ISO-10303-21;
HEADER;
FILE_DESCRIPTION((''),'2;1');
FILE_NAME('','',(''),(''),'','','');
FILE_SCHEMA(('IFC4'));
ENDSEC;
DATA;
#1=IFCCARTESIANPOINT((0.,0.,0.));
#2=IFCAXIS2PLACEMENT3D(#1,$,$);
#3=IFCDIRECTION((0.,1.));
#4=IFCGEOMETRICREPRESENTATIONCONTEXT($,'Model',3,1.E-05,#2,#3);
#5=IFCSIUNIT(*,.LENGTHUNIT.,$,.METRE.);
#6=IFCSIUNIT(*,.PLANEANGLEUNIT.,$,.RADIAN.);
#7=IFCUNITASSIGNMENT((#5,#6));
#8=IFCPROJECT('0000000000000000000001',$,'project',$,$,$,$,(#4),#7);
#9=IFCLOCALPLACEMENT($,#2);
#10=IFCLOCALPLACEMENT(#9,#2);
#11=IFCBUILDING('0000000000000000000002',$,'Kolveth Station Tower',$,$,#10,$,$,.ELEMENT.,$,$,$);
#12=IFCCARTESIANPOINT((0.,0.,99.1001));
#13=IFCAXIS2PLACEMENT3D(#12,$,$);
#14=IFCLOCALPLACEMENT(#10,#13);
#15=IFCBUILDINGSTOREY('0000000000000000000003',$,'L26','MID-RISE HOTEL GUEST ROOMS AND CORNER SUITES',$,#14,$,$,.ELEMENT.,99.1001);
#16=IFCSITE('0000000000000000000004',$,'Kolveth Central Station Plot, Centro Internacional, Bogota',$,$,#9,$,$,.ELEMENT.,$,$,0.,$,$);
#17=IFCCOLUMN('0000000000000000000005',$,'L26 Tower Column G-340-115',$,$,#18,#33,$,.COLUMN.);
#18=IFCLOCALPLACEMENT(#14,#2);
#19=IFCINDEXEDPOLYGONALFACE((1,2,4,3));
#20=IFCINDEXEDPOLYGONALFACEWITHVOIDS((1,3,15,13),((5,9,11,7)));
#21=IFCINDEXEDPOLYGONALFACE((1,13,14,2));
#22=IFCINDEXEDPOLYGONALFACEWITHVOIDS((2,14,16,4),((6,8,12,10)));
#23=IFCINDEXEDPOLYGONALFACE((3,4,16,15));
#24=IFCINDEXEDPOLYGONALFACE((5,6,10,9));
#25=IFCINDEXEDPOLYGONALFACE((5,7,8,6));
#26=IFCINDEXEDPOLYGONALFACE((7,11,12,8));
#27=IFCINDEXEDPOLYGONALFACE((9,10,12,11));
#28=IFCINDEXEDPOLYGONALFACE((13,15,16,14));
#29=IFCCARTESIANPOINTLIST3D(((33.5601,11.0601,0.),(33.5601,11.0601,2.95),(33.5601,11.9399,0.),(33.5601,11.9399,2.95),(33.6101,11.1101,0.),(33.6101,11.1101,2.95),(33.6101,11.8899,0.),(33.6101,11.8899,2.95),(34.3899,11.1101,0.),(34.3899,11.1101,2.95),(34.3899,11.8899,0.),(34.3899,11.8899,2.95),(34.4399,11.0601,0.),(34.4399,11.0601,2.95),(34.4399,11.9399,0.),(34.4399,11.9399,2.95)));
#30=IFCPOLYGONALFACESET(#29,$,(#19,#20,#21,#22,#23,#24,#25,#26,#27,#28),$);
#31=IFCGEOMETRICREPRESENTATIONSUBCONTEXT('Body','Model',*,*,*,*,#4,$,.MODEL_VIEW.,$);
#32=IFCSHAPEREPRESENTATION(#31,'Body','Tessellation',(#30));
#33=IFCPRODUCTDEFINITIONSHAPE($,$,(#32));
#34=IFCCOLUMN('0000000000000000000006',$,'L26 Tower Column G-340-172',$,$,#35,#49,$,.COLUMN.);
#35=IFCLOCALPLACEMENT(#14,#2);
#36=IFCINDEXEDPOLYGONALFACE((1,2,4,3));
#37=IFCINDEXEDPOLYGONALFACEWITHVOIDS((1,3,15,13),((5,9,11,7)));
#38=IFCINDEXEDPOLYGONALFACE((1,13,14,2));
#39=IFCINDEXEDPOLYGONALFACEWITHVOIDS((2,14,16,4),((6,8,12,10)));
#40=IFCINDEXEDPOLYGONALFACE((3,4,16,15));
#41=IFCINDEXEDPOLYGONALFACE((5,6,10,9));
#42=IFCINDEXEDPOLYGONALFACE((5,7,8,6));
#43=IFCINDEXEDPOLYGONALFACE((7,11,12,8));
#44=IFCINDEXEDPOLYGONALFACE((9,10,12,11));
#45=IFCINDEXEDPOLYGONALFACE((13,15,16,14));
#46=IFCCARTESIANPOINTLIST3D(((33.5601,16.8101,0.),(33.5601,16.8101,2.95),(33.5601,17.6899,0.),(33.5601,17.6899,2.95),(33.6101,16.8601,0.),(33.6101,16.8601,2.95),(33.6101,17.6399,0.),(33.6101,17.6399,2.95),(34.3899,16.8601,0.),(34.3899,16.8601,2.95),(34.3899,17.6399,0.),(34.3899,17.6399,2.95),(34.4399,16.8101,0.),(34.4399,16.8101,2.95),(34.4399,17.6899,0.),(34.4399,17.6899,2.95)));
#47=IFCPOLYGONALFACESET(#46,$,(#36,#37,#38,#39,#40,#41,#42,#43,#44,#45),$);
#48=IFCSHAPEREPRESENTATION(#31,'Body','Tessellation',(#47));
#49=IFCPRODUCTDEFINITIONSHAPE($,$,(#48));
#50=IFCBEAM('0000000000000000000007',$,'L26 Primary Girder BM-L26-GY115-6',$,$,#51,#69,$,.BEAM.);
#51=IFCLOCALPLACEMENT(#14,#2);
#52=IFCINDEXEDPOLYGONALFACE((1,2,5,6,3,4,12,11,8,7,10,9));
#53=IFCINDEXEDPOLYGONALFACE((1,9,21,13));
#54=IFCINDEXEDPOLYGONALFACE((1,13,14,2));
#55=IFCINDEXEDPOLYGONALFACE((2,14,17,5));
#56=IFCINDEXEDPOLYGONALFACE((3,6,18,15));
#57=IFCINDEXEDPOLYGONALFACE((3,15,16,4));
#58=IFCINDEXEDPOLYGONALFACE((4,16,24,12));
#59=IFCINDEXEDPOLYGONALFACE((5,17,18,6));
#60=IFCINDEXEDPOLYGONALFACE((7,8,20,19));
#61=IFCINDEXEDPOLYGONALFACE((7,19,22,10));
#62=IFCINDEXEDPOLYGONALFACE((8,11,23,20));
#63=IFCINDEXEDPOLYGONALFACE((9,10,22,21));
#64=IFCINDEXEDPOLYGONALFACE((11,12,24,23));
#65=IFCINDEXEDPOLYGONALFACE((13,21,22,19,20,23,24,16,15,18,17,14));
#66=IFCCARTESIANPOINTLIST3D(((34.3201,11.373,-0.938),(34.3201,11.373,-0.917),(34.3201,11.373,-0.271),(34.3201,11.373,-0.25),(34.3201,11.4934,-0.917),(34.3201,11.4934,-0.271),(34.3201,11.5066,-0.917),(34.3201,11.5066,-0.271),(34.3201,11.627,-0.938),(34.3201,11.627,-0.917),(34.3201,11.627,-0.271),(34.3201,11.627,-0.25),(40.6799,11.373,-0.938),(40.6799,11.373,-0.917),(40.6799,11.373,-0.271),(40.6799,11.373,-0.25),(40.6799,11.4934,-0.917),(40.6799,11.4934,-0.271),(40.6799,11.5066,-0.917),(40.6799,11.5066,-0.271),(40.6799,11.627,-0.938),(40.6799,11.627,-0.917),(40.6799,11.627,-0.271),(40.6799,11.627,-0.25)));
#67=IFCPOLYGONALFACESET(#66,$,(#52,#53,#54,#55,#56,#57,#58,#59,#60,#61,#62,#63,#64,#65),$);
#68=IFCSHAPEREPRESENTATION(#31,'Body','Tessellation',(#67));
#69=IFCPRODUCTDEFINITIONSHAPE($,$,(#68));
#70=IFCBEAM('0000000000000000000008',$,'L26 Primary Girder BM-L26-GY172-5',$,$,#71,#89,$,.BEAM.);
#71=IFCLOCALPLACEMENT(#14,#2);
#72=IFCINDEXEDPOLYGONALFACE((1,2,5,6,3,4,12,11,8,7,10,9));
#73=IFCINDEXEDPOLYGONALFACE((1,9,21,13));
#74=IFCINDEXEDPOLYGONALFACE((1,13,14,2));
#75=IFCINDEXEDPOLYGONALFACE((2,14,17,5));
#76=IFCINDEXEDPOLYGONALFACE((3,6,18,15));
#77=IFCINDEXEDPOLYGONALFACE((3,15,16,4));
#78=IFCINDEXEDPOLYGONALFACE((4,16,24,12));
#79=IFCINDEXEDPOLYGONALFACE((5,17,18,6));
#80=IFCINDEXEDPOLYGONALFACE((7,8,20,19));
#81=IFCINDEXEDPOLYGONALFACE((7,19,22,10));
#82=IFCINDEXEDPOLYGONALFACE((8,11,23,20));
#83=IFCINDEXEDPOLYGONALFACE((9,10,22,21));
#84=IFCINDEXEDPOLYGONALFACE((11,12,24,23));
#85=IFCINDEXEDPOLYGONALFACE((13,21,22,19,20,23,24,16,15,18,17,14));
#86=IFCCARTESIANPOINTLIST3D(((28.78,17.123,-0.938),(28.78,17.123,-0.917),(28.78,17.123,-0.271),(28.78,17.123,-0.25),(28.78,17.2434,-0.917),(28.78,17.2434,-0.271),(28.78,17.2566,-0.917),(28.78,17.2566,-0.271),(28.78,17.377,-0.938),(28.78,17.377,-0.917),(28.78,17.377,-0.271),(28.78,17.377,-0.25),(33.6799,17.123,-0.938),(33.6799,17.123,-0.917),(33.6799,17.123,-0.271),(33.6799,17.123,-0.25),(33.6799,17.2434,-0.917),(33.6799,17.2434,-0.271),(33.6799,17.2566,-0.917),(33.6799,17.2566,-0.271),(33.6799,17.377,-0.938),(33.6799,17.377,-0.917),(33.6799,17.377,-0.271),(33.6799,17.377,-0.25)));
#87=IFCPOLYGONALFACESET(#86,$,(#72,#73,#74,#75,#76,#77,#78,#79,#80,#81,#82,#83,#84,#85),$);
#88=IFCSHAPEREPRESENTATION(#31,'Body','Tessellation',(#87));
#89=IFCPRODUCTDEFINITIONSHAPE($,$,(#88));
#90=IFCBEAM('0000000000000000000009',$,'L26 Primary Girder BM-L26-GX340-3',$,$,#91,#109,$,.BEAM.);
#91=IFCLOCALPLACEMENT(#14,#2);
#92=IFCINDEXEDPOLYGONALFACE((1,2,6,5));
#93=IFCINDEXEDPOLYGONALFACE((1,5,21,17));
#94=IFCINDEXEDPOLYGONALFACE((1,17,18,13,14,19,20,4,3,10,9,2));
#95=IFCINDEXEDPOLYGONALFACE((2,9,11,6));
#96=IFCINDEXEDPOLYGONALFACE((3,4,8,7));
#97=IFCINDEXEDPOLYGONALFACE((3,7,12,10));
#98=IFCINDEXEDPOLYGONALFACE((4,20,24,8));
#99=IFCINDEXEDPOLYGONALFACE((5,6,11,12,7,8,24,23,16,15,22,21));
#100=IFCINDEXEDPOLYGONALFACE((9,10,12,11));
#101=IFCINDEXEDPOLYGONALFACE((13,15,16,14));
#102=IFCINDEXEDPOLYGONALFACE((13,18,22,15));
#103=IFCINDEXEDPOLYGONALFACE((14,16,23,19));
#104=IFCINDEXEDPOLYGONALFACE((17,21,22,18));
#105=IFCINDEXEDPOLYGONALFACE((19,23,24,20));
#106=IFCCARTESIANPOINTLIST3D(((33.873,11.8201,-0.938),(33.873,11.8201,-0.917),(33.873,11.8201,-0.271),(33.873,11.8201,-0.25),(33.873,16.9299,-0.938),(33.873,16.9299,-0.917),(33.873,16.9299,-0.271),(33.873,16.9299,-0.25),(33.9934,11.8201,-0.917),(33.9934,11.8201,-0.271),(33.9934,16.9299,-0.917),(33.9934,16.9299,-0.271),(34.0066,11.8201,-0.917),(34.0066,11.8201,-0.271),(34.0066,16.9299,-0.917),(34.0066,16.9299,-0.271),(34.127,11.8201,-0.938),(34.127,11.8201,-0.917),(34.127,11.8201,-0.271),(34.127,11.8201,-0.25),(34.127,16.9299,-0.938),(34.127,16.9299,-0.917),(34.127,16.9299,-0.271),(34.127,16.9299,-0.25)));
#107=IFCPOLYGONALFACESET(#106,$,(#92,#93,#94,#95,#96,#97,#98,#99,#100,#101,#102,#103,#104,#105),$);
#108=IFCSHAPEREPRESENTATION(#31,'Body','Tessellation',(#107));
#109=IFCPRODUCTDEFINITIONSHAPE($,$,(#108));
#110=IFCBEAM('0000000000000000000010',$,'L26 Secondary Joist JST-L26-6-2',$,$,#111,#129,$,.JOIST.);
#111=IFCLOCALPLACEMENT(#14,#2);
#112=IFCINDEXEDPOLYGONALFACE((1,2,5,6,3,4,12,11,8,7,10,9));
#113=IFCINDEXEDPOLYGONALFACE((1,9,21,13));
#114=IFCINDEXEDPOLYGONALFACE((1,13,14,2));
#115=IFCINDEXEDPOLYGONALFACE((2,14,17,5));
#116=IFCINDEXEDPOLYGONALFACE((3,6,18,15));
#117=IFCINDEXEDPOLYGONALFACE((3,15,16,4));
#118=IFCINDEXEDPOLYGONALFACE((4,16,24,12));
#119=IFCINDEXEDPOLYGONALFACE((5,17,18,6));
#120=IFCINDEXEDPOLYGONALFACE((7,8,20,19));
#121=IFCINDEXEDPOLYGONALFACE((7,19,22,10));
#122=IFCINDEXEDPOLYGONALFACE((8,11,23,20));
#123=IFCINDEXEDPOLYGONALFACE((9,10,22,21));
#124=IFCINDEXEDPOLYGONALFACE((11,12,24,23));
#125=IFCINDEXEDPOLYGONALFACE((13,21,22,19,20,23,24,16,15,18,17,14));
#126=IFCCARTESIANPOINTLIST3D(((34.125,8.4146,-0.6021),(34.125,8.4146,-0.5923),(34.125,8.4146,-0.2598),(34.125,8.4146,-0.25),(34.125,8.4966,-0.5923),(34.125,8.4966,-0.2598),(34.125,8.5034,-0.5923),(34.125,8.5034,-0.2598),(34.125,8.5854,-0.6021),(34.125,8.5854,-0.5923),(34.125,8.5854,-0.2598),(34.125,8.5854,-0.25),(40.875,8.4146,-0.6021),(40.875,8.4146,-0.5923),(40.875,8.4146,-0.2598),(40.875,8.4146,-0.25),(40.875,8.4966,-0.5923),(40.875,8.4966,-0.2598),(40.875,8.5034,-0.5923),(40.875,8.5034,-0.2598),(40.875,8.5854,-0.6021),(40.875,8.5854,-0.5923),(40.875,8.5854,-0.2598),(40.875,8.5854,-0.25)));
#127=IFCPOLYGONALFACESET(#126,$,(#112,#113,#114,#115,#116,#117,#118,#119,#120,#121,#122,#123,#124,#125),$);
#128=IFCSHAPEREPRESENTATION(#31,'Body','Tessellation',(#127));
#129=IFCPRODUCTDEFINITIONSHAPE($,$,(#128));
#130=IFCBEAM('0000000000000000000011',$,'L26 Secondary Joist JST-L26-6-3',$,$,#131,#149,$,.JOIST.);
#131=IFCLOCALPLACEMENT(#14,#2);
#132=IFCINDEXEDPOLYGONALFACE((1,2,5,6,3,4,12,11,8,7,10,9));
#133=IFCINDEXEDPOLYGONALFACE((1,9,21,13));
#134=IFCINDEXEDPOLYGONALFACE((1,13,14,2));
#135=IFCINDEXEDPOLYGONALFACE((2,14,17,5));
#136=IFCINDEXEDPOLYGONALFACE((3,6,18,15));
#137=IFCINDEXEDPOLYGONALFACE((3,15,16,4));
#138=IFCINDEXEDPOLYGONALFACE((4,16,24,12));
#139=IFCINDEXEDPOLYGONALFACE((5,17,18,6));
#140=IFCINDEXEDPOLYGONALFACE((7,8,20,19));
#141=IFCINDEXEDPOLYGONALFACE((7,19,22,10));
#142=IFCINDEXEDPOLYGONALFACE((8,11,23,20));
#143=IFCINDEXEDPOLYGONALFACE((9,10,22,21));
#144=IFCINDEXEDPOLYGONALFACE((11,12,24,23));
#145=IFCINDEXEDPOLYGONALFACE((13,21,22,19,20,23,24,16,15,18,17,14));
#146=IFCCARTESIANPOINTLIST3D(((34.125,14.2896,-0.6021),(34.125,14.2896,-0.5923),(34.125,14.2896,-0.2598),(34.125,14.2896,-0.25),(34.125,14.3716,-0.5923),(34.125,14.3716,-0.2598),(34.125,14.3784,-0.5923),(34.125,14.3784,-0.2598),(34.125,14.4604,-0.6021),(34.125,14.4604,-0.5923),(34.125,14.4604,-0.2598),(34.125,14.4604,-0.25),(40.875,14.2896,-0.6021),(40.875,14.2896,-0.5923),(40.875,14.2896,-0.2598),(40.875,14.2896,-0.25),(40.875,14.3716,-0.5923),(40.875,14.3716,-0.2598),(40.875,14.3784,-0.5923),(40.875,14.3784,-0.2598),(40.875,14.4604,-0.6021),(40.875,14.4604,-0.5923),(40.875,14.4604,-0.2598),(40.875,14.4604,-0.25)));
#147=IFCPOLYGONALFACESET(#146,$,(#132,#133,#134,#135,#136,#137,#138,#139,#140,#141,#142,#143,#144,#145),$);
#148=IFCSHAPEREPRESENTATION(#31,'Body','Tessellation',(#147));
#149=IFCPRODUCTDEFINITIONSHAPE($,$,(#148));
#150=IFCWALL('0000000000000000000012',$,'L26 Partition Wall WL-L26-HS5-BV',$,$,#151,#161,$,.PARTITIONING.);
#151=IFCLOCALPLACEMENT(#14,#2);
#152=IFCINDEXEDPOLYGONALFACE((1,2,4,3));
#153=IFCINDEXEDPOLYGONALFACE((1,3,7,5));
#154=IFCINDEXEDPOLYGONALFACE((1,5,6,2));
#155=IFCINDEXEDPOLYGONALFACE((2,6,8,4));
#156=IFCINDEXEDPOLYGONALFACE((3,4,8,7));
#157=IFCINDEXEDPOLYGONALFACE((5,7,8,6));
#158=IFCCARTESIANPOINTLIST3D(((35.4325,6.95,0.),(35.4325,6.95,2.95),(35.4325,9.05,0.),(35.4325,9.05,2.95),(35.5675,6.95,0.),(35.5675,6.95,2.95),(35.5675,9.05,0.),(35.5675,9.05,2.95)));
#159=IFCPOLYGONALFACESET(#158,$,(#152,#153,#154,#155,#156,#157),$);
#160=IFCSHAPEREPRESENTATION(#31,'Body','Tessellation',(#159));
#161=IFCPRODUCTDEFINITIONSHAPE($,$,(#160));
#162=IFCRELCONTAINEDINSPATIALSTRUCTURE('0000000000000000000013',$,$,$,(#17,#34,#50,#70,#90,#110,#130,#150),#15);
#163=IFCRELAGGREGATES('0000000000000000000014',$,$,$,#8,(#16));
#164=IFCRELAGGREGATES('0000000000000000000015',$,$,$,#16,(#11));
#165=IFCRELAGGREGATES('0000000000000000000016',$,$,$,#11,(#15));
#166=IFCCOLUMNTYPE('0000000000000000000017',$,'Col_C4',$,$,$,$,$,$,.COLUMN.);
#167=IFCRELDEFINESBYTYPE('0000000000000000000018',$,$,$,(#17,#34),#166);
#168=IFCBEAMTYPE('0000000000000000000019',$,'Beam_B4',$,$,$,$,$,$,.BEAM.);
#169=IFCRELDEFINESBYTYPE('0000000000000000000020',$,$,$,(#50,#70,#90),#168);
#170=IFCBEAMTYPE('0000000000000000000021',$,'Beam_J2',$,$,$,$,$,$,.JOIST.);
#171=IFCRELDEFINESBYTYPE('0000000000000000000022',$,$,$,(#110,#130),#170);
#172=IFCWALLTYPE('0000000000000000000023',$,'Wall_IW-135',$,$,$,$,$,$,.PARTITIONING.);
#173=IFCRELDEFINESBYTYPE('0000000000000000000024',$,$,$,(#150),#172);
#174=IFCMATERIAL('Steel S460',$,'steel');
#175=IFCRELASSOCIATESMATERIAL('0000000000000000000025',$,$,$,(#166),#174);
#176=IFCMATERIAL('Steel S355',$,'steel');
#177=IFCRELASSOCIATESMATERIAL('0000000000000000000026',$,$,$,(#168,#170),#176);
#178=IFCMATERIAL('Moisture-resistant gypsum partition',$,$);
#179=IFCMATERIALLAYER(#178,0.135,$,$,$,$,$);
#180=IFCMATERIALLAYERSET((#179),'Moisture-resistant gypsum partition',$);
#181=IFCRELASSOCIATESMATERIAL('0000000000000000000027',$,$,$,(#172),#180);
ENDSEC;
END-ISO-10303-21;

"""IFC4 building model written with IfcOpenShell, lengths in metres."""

from ifc_helpers import new_model, si_unit, direction, frame, frame_2d, origin, origin_2d, place, context, subcontext, project, spatial, rectangle, hollow_rectangle, i_section, extrude, source, transform, mapped, material, layer, layer_set, material_profile, profile_set, type_object, element, save


model = new_model("IFC4")

# Units and contexts
model_context = context("Model", 3, precision=1e-05, world=origin(), true_north=direction((0.0, 1.0)))
body_context = subcontext(model_context, "Body", "Model", "MODEL_VIEW")
ifc_project = project(units=[si_unit("LENGTHUNIT", "METRE"), si_unit("PLANEANGLEUNIT", "RADIAN")], contexts=[model_context])

# Site, building, storey
site_placement = place(None, origin())
site = spatial("IfcSite", under=ifc_project, at=site_placement, Name="Kolveth Central Station Plot, Centro Internacional, Bogota", CompositionType="ELEMENT", RefElevation=0.0)
building_placement = place(site_placement, origin())
building = spatial("IfcBuilding", under=site, at=building_placement, Name="Kolveth Station Tower", CompositionType="ELEMENT")
storey_placement = place(building_placement, frame((0.0, 0.0, 99.1001)))
storey = spatial("IfcBuildingStorey", under=building, at=storey_placement, Name="L26", Description="MID-RISE HOTEL GUEST ROOMS AND CORNER SUITES", CompositionType="ELEMENT", Elevation=99.1001)

# Columns
ifc_material_1 = material(Name="Steel S460", Category="steel")
ifc_material_profile_1 = material_profile(ifc_material_1, hollow_rectangle(XDim=0.8799, YDim=0.8799, WallThickness=0.05, at=origin_2d()), Name="BOX880x880x50")
ifc_profile_set_1 = profile_set([ifc_material_profile_1], Name="Steel S460")
column_type = type_object("IfcColumnType", Name="Col_C4", PredefinedType="COLUMN", material=ifc_profile_set_1)
shared_shape_1 = source(origin(), body_context, "Body", "SweptSolid", [
    extrude(hollow_rectangle(XDim=0.8799, YDim=0.8799, WallThickness=0.05, at=origin_2d()), origin(), (0.0, 0.0, 1.0), 2.95),
])
for number, where, z_axis, x_axis, name in (
    (1, (34.0, 11.5, 0.0), (0.0, 0.0, 1.0), (1.0, 0.0, 0.0), "L26 Tower Column G-340-115"),
    (2, (34.0, 17.25, 0.0), (0.0, 0.0, 1.0), (1.0, 0.0, 0.0), "L26 Tower Column G-340-172"),
):
    element("IfcColumn", number, at=place(storey_placement, frame(where, z_axis=z_axis, x_axis=x_axis)), inside=storey, type_object=column_type, Name=name, PredefinedType="COLUMN", context=body_context, shape_type="MappedRepresentation", body=[
        mapped(shared_shape_1, transform((0.0, 0.0, 0.0), x_axis=(1.0, 0.0, 0.0), y_axis=(0.0, 1.0, 0.0), z_axis=(0.0, 0.0, 1.0), scale=1.0)),
    ])

# Beams
ifc_material_2 = material(Name="Steel S355", Category="steel")
ifc_material_profile_2 = material_profile(ifc_material_2, i_section(OverallWidth=0.2539, OverallDepth=0.688, WebThickness=0.0132, FlangeThickness=0.021, at=origin_2d()), Name="W690x152")
ifc_profile_set_2 = profile_set([ifc_material_profile_2], Name="Steel S355")
beam_type_1 = type_object("IfcBeamType", Name="Beam_B4", PredefinedType="BEAM", material=ifc_profile_set_2)
shared_shape_2 = source(origin(), body_context, "Body", "SweptSolid", [
    extrude(i_section(OverallWidth=0.2539, OverallDepth=0.688, WebThickness=0.0132, FlangeThickness=0.021, at=origin_2d()), origin(), (0.0, 0.0, 1.0), 6.3599),
])
beam_1_placement = place(storey_placement, frame((34.3201, 11.5, -0.594), z_axis=(1.0, 0.0, 0.0), x_axis=(0.0, 1.0, 0.0)))
element("IfcBeam", 3, at=beam_1_placement, inside=storey, type_object=beam_type_1, Name="L26 Primary Girder BM-L26-GY115-6", PredefinedType="BEAM", context=body_context, shape_type="MappedRepresentation", body=[
    mapped(shared_shape_2, transform((0.0, 0.0, 0.0), x_axis=(1.0, 0.0, 0.0), y_axis=(0.0, 1.0, 0.0), z_axis=(0.0, 0.0, 1.0), scale=1.0)),
])
shared_shape_3 = source(origin(), body_context, "Body", "SweptSolid", [
    extrude(i_section(OverallWidth=0.2539, OverallDepth=0.688, WebThickness=0.0132, FlangeThickness=0.021, at=origin_2d()), origin(), (0.0, 0.0, 1.0), 4.8999),
])
beam_2_placement = place(storey_placement, frame((28.78, 17.25, -0.594), z_axis=(1.0, 0.0, 0.0), x_axis=(0.0, 1.0, 0.0)))
element("IfcBeam", 4, at=beam_2_placement, inside=storey, type_object=beam_type_1, Name="L26 Primary Girder BM-L26-GY172-5", PredefinedType="BEAM", context=body_context, shape_type="MappedRepresentation", body=[
    mapped(shared_shape_3, transform((0.0, 0.0, 0.0), x_axis=(1.0, 0.0, 0.0), y_axis=(0.0, 1.0, 0.0), z_axis=(0.0, 0.0, 1.0), scale=1.0)),
])
shared_shape_4 = source(origin(), body_context, "Body", "SweptSolid", [
    extrude(i_section(OverallWidth=0.2539, OverallDepth=0.688, WebThickness=0.0132, FlangeThickness=0.021, at=origin_2d()), origin(), (0.0, 0.0, 1.0), 5.1099),
])
beam_3_placement = place(storey_placement, frame((34.0, 11.8201, -0.594), z_axis=(0.0, 1.0, 0.0), x_axis=(-1.0, 0.0, 0.0)))
element("IfcBeam", 5, at=beam_3_placement, inside=storey, type_object=beam_type_1, Name="L26 Primary Girder BM-L26-GX340-3", PredefinedType="BEAM", context=body_context, shape_type="MappedRepresentation", body=[
    mapped(shared_shape_4, transform((0.0, 0.0, 0.0), x_axis=(1.0, 0.0, 0.0), y_axis=(0.0, 1.0, 0.0), z_axis=(0.0, 0.0, 1.0), scale=1.0)),
])
ifc_material_profile_3 = material_profile(ifc_material_2, i_section(OverallWidth=0.1709, OverallDepth=0.3521, WebThickness=0.0068, FlangeThickness=0.0098, at=origin_2d()), Name="W360x44")
ifc_profile_set_3 = profile_set([ifc_material_profile_3], Name="Steel S355")
beam_type_2 = type_object("IfcBeamType", Name="Beam_J2", PredefinedType="JOIST", material=ifc_profile_set_3)
shared_shape_5 = source(origin(), body_context, "Body", "SweptSolid", [
    extrude(i_section(OverallWidth=0.1709, OverallDepth=0.3521, WebThickness=0.0068, FlangeThickness=0.0098, at=origin_2d()), origin(), (0.0, 0.0, 1.0), 6.75),
])
for number, where, z_axis, x_axis, name in (
    (6, (34.125, 8.5, -0.426), (1.0, 0.0, 0.0), (0.0, 1.0, 0.0), "L26 Secondary Joist JST-L26-6-2"),
    (7, (34.125, 14.375, -0.426), (1.0, 0.0, 0.0), (0.0, 1.0, 0.0), "L26 Secondary Joist JST-L26-6-3"),
):
    element("IfcBeam", number, at=place(storey_placement, frame(where, z_axis=z_axis, x_axis=x_axis)), inside=storey, type_object=beam_type_2, Name=name, PredefinedType="JOIST", context=body_context, shape_type="MappedRepresentation", body=[
        mapped(shared_shape_5, transform((0.0, 0.0, 0.0), x_axis=(1.0, 0.0, 0.0), y_axis=(0.0, 1.0, 0.0), z_axis=(0.0, 0.0, 1.0), scale=1.0)),
    ])

# Wall
ifc_material_3 = material(Name="Moisture-resistant gypsum partition")
ifc_layer_1 = layer(ifc_material_3, 0.135)
ifc_layer_set_1 = layer_set([ifc_layer_1], Name="Moisture-resistant gypsum partition")
wall_type_1 = type_object("IfcWallType", Name="Wall_IW-135", PredefinedType="PARTITIONING", material=ifc_layer_set_1)
wall_1_placement = place(storey_placement, frame((35.5, 6.95, 0.0), z_axis=(0.0, 0.0, 1.0), x_axis=(0.0, 1.0, 0.0)))
element("IfcWall", 8, at=wall_1_placement, inside=storey, type_object=wall_type_1, Name="L26 Partition Wall WL-L26-HS5-BV", PredefinedType="PARTITIONING", context=body_context, shape_type="SweptSolid", body=[
    extrude(rectangle(XDim=2.1001, YDim=0.135, at=frame_2d((1.05, 0.0))), origin(), (0.0, 0.0, 1.0), 2.95),
])

save(model, "model.ifc")
